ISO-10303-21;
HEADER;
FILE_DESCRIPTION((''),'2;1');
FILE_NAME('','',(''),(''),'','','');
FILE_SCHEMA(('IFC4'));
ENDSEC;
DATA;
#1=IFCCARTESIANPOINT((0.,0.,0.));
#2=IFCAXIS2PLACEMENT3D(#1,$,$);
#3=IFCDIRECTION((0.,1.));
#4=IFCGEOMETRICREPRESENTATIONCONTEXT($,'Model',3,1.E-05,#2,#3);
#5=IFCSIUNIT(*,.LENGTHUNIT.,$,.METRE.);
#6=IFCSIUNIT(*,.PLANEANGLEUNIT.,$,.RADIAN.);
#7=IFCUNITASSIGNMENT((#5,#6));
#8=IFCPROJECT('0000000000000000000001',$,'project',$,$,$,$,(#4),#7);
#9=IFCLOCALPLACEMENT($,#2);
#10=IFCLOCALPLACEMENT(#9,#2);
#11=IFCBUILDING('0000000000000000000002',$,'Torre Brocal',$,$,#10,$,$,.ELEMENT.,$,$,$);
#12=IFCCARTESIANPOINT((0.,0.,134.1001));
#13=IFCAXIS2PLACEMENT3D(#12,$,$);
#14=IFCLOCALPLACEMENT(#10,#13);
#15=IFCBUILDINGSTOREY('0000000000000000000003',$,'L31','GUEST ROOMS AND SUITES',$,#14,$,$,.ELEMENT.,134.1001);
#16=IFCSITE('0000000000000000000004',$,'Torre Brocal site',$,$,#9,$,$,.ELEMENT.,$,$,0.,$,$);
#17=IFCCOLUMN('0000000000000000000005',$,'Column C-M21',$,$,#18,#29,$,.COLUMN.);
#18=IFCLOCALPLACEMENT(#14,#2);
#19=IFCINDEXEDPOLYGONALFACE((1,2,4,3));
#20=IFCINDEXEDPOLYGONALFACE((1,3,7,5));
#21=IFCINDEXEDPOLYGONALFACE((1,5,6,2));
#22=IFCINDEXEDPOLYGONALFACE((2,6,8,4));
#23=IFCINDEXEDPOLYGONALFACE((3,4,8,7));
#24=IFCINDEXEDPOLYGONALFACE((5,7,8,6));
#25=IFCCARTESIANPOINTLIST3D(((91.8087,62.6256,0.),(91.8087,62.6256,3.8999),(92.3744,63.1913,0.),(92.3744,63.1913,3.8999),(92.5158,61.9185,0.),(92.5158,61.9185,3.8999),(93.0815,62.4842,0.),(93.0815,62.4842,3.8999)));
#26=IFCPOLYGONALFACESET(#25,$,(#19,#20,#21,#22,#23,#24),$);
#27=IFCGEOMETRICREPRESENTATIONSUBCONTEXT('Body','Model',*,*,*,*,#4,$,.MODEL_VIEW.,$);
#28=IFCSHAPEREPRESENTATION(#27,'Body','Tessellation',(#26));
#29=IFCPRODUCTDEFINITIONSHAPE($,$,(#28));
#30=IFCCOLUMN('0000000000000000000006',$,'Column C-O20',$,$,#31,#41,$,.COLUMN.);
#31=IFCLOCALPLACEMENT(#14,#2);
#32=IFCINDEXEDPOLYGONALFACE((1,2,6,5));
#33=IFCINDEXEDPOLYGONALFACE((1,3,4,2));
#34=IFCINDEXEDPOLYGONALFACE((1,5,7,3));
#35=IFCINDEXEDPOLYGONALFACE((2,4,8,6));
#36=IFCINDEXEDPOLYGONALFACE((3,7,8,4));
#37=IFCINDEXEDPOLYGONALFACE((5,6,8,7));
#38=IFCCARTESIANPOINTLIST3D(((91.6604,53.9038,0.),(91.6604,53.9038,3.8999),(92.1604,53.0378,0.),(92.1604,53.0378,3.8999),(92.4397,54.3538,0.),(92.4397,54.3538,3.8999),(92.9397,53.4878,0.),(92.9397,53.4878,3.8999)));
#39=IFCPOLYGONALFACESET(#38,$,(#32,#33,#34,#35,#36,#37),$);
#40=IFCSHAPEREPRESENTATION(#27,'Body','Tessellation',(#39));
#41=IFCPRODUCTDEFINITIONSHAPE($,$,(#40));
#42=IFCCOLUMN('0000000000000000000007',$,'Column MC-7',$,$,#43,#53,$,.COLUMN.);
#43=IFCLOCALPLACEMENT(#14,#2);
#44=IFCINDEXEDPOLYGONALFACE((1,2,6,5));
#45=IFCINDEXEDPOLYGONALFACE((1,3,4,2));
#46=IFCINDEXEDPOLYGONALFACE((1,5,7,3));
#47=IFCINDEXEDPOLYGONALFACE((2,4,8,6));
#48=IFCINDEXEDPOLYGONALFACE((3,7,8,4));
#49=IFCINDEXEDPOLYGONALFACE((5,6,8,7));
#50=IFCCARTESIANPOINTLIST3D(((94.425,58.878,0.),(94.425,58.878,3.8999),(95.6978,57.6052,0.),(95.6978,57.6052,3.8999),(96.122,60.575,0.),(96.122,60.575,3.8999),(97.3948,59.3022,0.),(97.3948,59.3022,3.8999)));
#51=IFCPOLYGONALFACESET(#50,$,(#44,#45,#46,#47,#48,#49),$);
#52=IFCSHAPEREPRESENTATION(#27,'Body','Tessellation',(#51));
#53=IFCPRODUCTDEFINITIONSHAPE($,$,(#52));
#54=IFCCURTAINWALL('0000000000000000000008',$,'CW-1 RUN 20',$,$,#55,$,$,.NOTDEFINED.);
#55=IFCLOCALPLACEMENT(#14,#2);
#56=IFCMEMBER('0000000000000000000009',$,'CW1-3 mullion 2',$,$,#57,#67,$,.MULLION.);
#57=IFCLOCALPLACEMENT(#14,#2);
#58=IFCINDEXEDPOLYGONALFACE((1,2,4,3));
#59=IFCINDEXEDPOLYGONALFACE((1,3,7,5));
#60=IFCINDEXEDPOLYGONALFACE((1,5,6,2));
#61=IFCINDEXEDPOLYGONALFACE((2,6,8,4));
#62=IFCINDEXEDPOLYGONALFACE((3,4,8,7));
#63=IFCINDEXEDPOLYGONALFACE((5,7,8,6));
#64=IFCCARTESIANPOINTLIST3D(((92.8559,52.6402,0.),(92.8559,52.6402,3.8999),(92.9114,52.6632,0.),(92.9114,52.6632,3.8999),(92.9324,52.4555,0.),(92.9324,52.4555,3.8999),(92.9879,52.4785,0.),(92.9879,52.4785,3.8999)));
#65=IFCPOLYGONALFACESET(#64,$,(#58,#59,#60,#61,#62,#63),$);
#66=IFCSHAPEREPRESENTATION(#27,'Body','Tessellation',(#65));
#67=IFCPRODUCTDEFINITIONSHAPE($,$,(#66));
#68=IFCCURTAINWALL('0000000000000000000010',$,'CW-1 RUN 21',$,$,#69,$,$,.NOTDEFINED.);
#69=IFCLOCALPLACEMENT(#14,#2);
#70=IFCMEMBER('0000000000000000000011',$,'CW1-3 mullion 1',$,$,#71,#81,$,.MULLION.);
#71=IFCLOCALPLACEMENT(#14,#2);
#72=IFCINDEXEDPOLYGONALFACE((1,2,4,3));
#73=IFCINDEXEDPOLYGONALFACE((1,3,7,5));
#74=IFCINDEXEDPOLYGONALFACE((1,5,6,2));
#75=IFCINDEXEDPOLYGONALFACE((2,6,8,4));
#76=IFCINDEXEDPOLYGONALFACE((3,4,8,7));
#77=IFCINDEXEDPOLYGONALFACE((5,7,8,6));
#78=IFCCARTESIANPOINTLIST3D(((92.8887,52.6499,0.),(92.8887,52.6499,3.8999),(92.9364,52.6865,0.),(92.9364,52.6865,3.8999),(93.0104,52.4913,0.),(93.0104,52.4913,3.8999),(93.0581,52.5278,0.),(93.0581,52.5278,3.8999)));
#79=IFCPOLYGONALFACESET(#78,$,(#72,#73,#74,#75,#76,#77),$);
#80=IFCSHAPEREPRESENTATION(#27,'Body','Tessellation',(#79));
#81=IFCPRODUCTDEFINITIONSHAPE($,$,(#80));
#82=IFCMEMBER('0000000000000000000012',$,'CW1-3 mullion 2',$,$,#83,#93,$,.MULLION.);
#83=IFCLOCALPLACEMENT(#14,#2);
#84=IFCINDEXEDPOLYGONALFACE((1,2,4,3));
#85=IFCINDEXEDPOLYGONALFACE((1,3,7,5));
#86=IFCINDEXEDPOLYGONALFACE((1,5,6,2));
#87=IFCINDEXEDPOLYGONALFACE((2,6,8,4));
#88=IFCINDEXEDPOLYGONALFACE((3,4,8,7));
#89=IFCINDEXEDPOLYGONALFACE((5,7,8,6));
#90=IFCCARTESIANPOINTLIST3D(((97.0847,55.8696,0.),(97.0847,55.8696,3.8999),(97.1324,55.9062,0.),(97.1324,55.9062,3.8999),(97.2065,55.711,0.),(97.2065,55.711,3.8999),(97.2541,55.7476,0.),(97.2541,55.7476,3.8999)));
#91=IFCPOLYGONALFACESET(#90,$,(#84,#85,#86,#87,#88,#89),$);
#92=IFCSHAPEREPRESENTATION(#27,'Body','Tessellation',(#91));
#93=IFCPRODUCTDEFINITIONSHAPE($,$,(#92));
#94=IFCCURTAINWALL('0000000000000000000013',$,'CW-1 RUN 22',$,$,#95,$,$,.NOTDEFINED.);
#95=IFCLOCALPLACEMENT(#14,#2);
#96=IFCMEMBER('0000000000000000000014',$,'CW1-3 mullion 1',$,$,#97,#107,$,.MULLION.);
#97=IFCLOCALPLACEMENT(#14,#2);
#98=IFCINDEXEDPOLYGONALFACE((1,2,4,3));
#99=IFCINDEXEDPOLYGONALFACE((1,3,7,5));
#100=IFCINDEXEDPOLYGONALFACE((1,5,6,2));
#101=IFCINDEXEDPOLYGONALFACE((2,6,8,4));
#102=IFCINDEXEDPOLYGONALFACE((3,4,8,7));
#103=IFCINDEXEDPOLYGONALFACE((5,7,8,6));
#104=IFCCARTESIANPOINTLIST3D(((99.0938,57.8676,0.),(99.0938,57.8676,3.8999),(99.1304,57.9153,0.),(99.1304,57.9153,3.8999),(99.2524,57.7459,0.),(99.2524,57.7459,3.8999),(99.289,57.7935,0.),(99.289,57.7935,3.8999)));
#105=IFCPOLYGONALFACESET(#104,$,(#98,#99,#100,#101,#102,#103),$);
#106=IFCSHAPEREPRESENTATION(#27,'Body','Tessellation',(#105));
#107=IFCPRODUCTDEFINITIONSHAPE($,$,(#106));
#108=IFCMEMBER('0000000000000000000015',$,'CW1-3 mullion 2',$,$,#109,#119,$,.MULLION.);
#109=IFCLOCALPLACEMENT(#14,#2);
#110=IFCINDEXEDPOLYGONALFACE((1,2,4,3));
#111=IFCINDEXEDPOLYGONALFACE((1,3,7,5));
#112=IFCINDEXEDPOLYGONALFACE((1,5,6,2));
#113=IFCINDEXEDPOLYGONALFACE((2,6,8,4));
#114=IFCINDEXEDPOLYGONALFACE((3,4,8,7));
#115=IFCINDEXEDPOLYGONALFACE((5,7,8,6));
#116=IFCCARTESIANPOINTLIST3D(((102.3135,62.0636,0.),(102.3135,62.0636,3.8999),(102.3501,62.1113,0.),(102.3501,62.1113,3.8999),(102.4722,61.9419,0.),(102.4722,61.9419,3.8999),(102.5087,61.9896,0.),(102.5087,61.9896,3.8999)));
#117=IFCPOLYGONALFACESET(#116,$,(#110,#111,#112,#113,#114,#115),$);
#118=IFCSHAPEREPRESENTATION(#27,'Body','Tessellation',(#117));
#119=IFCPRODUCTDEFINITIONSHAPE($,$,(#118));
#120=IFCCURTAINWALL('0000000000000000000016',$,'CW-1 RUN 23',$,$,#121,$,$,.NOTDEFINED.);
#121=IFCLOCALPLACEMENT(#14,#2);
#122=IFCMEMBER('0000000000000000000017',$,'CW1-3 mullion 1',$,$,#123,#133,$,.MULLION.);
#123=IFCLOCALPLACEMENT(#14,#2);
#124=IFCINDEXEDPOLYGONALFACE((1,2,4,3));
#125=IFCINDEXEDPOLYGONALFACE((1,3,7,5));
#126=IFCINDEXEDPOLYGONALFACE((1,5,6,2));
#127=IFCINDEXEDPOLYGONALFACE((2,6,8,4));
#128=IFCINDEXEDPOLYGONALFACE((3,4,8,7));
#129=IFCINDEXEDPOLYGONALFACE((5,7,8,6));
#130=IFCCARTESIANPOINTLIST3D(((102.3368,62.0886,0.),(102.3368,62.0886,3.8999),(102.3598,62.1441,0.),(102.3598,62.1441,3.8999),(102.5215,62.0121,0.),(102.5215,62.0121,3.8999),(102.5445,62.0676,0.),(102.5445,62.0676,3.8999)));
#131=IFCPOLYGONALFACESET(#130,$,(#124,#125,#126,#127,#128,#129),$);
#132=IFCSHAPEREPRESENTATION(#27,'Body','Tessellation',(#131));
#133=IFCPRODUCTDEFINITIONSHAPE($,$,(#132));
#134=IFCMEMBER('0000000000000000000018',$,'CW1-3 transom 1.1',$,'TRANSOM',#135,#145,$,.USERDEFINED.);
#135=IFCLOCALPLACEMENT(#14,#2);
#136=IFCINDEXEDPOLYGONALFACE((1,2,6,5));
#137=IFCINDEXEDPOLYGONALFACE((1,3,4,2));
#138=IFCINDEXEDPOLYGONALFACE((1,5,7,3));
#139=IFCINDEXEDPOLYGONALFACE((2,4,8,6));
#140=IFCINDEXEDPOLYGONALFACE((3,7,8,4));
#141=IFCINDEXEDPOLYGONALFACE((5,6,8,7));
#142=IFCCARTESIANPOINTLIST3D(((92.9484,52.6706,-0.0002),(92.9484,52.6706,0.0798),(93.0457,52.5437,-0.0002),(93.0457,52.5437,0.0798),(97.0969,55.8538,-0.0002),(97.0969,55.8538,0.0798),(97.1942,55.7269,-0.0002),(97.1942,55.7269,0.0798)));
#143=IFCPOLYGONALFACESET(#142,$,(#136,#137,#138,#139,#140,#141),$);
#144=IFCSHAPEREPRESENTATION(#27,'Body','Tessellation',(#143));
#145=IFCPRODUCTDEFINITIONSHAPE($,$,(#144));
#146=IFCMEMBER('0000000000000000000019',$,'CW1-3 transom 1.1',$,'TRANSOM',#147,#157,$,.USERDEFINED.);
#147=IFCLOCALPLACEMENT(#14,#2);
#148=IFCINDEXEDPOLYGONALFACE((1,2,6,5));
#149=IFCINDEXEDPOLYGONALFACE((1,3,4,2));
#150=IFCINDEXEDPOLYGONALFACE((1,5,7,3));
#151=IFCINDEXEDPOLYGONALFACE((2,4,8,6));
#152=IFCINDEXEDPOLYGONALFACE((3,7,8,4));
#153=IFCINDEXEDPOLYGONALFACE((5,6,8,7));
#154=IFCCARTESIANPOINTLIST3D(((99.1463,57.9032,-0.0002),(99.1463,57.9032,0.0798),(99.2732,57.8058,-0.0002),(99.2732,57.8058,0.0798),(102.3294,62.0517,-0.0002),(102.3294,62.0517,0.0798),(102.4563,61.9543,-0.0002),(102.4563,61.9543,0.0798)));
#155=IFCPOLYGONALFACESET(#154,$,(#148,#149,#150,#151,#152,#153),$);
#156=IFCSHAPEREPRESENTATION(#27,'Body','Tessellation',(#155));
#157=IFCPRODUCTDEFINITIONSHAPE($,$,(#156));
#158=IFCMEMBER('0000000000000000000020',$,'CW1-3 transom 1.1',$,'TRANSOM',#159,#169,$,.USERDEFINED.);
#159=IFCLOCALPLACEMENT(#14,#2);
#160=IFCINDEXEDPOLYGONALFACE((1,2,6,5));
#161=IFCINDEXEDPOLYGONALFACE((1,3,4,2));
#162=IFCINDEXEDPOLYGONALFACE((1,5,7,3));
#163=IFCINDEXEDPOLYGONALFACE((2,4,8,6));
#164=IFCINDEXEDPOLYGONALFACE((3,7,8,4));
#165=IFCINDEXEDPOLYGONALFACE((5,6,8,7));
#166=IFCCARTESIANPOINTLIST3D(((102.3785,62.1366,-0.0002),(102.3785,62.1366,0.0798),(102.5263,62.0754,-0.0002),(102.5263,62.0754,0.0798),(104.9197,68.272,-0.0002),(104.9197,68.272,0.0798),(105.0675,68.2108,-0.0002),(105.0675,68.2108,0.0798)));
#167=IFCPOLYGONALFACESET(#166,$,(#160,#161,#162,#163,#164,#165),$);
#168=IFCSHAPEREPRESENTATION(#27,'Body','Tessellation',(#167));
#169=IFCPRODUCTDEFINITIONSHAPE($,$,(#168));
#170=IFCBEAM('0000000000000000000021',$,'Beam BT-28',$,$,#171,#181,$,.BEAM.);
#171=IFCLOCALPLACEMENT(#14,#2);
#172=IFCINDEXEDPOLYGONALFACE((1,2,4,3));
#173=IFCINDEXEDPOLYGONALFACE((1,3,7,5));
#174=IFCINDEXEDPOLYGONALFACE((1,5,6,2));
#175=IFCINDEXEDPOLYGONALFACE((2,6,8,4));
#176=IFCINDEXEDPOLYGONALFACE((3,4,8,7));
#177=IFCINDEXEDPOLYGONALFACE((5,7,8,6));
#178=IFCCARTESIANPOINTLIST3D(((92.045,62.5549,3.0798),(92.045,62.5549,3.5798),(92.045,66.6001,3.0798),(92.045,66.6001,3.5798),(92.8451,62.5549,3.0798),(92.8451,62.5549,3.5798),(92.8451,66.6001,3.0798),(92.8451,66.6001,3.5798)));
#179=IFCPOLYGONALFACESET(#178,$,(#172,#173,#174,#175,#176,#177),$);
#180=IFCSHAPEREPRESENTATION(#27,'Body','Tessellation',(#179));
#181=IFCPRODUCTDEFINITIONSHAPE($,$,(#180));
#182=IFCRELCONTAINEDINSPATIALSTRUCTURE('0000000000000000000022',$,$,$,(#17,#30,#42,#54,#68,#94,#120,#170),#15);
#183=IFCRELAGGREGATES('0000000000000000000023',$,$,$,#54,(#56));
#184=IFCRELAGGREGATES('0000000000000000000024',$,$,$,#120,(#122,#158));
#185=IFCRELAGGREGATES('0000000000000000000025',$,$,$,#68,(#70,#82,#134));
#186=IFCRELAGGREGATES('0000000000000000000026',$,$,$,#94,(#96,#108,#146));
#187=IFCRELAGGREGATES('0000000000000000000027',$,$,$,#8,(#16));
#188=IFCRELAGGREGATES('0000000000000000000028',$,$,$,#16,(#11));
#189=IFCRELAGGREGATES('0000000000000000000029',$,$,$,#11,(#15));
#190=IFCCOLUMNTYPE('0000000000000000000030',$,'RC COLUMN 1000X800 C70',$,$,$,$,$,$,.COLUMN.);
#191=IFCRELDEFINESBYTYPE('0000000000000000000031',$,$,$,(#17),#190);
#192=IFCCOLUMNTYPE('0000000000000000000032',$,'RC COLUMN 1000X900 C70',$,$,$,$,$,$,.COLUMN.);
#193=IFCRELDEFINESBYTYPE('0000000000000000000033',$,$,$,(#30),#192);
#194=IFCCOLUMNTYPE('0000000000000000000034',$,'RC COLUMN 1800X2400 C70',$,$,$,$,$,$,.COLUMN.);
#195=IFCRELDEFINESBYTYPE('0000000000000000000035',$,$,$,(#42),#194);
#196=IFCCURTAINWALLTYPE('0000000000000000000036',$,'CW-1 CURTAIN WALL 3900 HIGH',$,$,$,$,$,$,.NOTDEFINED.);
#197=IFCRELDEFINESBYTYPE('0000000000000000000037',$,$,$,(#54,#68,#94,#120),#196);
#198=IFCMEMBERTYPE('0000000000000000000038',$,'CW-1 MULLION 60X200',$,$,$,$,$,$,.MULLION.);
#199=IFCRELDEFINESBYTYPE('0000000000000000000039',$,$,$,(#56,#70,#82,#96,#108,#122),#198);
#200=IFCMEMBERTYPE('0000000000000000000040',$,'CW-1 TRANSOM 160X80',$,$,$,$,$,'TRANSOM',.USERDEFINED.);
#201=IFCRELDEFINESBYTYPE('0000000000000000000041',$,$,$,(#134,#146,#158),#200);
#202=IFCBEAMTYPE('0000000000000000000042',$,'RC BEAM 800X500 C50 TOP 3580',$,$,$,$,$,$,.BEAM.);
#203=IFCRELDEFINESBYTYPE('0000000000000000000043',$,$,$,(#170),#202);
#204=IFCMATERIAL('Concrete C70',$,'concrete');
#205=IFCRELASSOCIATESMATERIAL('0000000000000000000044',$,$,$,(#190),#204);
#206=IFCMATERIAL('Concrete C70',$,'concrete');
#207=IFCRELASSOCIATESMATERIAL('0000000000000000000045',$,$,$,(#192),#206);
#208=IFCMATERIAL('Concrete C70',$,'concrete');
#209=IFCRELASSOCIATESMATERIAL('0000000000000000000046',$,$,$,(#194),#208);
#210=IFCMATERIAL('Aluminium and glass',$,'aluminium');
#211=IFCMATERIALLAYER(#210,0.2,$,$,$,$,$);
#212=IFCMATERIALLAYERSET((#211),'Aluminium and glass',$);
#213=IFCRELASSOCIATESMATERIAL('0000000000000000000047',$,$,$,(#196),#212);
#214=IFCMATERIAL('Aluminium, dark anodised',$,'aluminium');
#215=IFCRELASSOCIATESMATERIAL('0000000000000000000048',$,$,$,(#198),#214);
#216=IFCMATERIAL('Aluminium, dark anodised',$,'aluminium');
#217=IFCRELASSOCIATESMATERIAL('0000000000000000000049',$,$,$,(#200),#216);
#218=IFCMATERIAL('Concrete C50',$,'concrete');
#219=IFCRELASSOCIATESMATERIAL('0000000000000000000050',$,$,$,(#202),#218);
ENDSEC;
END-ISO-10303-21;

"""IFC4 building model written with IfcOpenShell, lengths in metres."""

from ifc_helpers import new_model, si_unit, direction, frame, origin, origin_2d, place, context, subcontext, project, spatial, rectangle, extrude, material, layer, layer_set, material_profile, profile_set, type_object, element, aggregate, save


model = new_model("IFC4")

# Units and contexts
model_context = context("Model", 3, precision=1e-05, world=origin(), true_north=direction((0.0, 1.0)))
body_context = subcontext(model_context, "Body", "Model", "MODEL_VIEW")
ifc_project = project(units=[si_unit("LENGTHUNIT", "METRE"), si_unit("PLANEANGLEUNIT", "RADIAN")], contexts=[model_context])

# Site, building, storey
site_placement = place(None, origin())
site = spatial("IfcSite", under=ifc_project, at=site_placement, Name="Torre Brocal site", CompositionType="ELEMENT", RefElevation=0.0)
building_placement = place(site_placement, origin())
building = spatial("IfcBuilding", under=site, at=building_placement, Name="Torre Brocal", CompositionType="ELEMENT")
storey_placement = place(building_placement, frame((0.0, 0.0, 134.1001)))
storey = spatial("IfcBuildingStorey", under=building, at=storey_placement, Name="L31", Description="GUEST ROOMS AND SUITES", CompositionType="ELEMENT", Elevation=134.1001)

# Columns
ifc_material_1 = material(Name="Concrete C70", Category="concrete")
ifc_material_profile_1 = material_profile(ifc_material_1, rectangle(XDim=1.0, YDim=0.8, at=origin_2d()), Name="RC 1000X800")
ifc_profile_set_1 = profile_set([ifc_material_profile_1], Name="Concrete C70")
column_type_1 = type_object("IfcColumnType", Name="RC COLUMN 1000X800 C70", PredefinedType="COLUMN", material=ifc_profile_set_1)
column_1_placement = place(storey_placement, frame((92.4451, 62.5549, 0.0), z_axis=(0.0, 0.0, 1.0), x_axis=(0.707107, -0.707107, 0.0)))
element("IfcColumn", 1, at=column_1_placement, inside=storey, type_object=column_type_1, Name="Column C-M21", PredefinedType="COLUMN", context=body_context, shape_type="SweptSolid", body=[
    extrude(rectangle(XDim=1.0, YDim=0.8, at=origin_2d()), origin(), (0.0, 0.0, 1.0), 3.8999),
])
ifc_material_2 = material(Name="Concrete C70", Category="concrete")
ifc_material_profile_2 = material_profile(ifc_material_2, rectangle(XDim=1.0, YDim=0.8999, at=origin_2d()), Name="RC 1000X900")
ifc_profile_set_2 = profile_set([ifc_material_profile_2], Name="Concrete C70")
column_type_2 = type_object("IfcColumnType", Name="RC COLUMN 1000X900 C70", PredefinedType="COLUMN", material=ifc_profile_set_2)
column_2_placement = place(storey_placement, frame((92.3, 53.6958, 0.0), z_axis=(0.0, 0.0, 1.0), x_axis=(0.5, -0.866025, 0.0)))
element("IfcColumn", 2, at=column_2_placement, inside=storey, type_object=column_type_2, Name="Column C-O20", PredefinedType="COLUMN", context=body_context, shape_type="SweptSolid", body=[
    extrude(rectangle(XDim=1.0, YDim=0.8999, at=origin_2d()), origin(), (0.0, 0.0, 1.0), 3.8999),
])
ifc_material_3 = material(Name="Concrete C70", Category="concrete")
ifc_material_profile_3 = material_profile(ifc_material_3, rectangle(XDim=1.8, YDim=2.3999, at=origin_2d()), Name="RC 1800X2400")
ifc_profile_set_3 = profile_set([ifc_material_profile_3], Name="Concrete C70")
column_type_3 = type_object("IfcColumnType", Name="RC COLUMN 1800X2400 C70", PredefinedType="COLUMN", material=ifc_profile_set_3)
column_3_placement = place(storey_placement, frame((95.9099, 59.0901, 0.0), z_axis=(0.0, 0.0, 1.0), x_axis=(0.707107, -0.707107, 0.0)))
element("IfcColumn", 3, at=column_3_placement, inside=storey, type_object=column_type_3, Name="Column MC-7", PredefinedType="COLUMN", context=body_context, shape_type="SweptSolid", body=[
    extrude(rectangle(XDim=1.8, YDim=2.3999, at=origin_2d()), origin(), (0.0, 0.0, 1.0), 3.8999),
])

# Curtain wall, member
ifc_material_4 = material(Name="Aluminium and glass", Category="aluminium")
ifc_layer_1 = layer(ifc_material_4, 0.2)
ifc_layer_set_1 = layer_set([ifc_layer_1], Name="Aluminium and glass")
curtain_wall_type = type_object("IfcCurtainWallType", Name="CW-1 CURTAIN WALL 3900 HIGH", PredefinedType="NOTDEFINED", material=ifc_layer_set_1)
curtain_wall_1_placement = place(storey_placement, origin())
curtain_wall_1 = element("IfcCurtainWall", 4, at=curtain_wall_1_placement, inside=storey, type_object=curtain_wall_type, Name="CW-1 RUN 20", PredefinedType="NOTDEFINED")
ifc_material_5 = material(Name="Aluminium, dark anodised", Category="aluminium")
ifc_material_profile_4 = material_profile(ifc_material_5, rectangle(XDim=0.2, YDim=0.0601, at=origin_2d()), Name="CW-1 MULLION 60X200")
ifc_profile_set_4 = profile_set([ifc_material_profile_4], Name="Aluminium, dark anodised")
member_type_1 = type_object("IfcMemberType", Name="CW-1 MULLION 60X200", PredefinedType="MULLION", material=ifc_profile_set_4)
member_1_placement = place(storey_placement, frame((92.9219, 52.5593, 0.0), z_axis=(0.0, 0.0, 1.0), x_axis=(-0.382683, 0.92388, 0.0)))
member_1 = element("IfcMember", 5, at=member_1_placement, type_object=member_type_1, Name="CW1-3 mullion 2", PredefinedType="MULLION", context=body_context, shape_type="SweptSolid", body=[
    extrude(rectangle(XDim=0.2, YDim=0.0601, at=origin_2d()), origin(), (0.0, 0.0, 1.0), 3.8999),
])
aggregate(curtain_wall_1, [member_1])

# Curtain walls, members
curtain_wall_2_placement = place(storey_placement, origin())
curtain_wall_2 = element("IfcCurtainWall", 6, at=curtain_wall_2_placement, inside=storey, type_object=curtain_wall_type, Name="CW-1 RUN 21", PredefinedType="NOTDEFINED")
member_2_placement = place(storey_placement, frame((92.9734, 52.5889, 0.0), z_axis=(0.0, 0.0, 1.0), x_axis=(-0.608761, 0.793353, 0.0)))
member_2 = element("IfcMember", 7, at=member_2_placement, type_object=member_type_1, Name="CW1-3 mullion 1", PredefinedType="MULLION", context=body_context, shape_type="SweptSolid", body=[
    extrude(rectangle(XDim=0.2, YDim=0.0601, at=origin_2d()), origin(), (0.0, 0.0, 1.0), 3.8999),
])
member_3_placement = place(storey_placement, frame((97.1694, 55.8086, 0.0), z_axis=(0.0, 0.0, 1.0), x_axis=(-0.608761, 0.793353, 0.0)))
member_3 = element("IfcMember", 8, at=member_3_placement, type_object=member_type_1, Name="CW1-3 mullion 2", PredefinedType="MULLION", context=body_context, shape_type="SweptSolid", body=[
    extrude(rectangle(XDim=0.2, YDim=0.0601, at=origin_2d()), origin(), (0.0, 0.0, 1.0), 3.8999),
])
curtain_wall_3_placement = place(storey_placement, origin())
curtain_wall_3 = element("IfcCurtainWall", 9, at=curtain_wall_3_placement, inside=storey, type_object=curtain_wall_type, Name="CW-1 RUN 22", PredefinedType="NOTDEFINED")
member_4_placement = place(storey_placement, frame((99.1914, 57.8306, 0.0), z_axis=(0.0, 0.0, 1.0), x_axis=(-0.793353, 0.608761, 0.0)))
member_4 = element("IfcMember", 10, at=member_4_placement, type_object=member_type_1, Name="CW1-3 mullion 1", PredefinedType="MULLION", context=body_context, shape_type="SweptSolid", body=[
    extrude(rectangle(XDim=0.2, YDim=0.0601, at=origin_2d()), origin(), (0.0, 0.0, 1.0), 3.8999),
])
member_5_placement = place(storey_placement, frame((102.4111, 62.0266, 0.0), z_axis=(0.0, 0.0, 1.0), x_axis=(-0.793353, 0.608761, 0.0)))
member_5 = element("IfcMember", 11, at=member_5_placement, type_object=member_type_1, Name="CW1-3 mullion 2", PredefinedType="MULLION", context=body_context, shape_type="SweptSolid", body=[
    extrude(rectangle(XDim=0.2, YDim=0.0601, at=origin_2d()), origin(), (0.0, 0.0, 1.0), 3.8999),
])

# Curtain wall, member
curtain_wall_4_placement = place(storey_placement, origin())
curtain_wall_4 = element("IfcCurtainWall", 12, at=curtain_wall_4_placement, inside=storey, type_object=curtain_wall_type, Name="CW-1 RUN 23", PredefinedType="NOTDEFINED")
member_6_placement = place(storey_placement, frame((102.4407, 62.0781, 0.0), z_axis=(0.0, 0.0, 1.0), x_axis=(-0.92388, 0.382683, 0.0)))
member_6 = element("IfcMember", 13, at=member_6_placement, type_object=member_type_1, Name="CW1-3 mullion 1", PredefinedType="MULLION", context=body_context, shape_type="SweptSolid", body=[
    extrude(rectangle(XDim=0.2, YDim=0.0601, at=origin_2d()), origin(), (0.0, 0.0, 1.0), 3.8999),
])

# Members
ifc_material_6 = material(Name="Aluminium, dark anodised", Category="aluminium")
ifc_material_profile_5 = material_profile(ifc_material_6, rectangle(XDim=0.1599, YDim=0.0801, at=origin_2d()), Name="CW-1 TRANSOM 160X80")
ifc_profile_set_5 = profile_set([ifc_material_profile_5], Name="Aluminium, dark anodised")
member_type_2 = type_object("IfcMemberType", Name="CW-1 TRANSOM 160X80", ElementType="TRANSOM", PredefinedType="USERDEFINED", material=ifc_profile_set_5)
member_7_placement = place(storey_placement, frame((92.9971, 52.6072, 0.0398), z_axis=(0.793363, 0.608749, 0.0), x_axis=(-0.608749, 0.793363, 0.0)))
member_7 = element("IfcMember", 14, at=member_7_placement, type_object=member_type_2, Name="CW1-3 transom 1.1", ObjectType="TRANSOM", PredefinedType="USERDEFINED", context=body_context, shape_type="SweptSolid", body=[
    extrude(rectangle(XDim=0.1599, YDim=0.0801, at=origin_2d()), origin(), (0.0, 0.0, 1.0), 5.229),
])
member_8_placement = place(storey_placement, frame((99.2097, 57.8545, 0.0398), z_axis=(0.608749, 0.793363, 0.0), x_axis=(-0.793363, 0.608749, 0.0)))
member_8 = element("IfcMember", 15, at=member_8_placement, type_object=member_type_2, Name="CW1-3 transom 1.1", ObjectType="TRANSOM", PredefinedType="USERDEFINED", context=body_context, shape_type="SweptSolid", body=[
    extrude(rectangle(XDim=0.1599, YDim=0.0801, at=origin_2d()), origin(), (0.0, 0.0, 1.0), 5.229),
])
member_9_placement = place(storey_placement, frame((102.4524, 62.106, 0.0398), z_axis=(0.382665, 0.923887, 0.0), x_axis=(-0.923887, 0.382665, 0.0)))
member_9 = element("IfcMember", 16, at=member_9_placement, type_object=member_type_2, Name="CW1-3 transom 1.1", ObjectType="TRANSOM", PredefinedType="USERDEFINED", context=body_context, shape_type="SweptSolid", body=[
    extrude(rectangle(XDim=0.1599, YDim=0.0801, at=origin_2d()), origin(), (0.0, 0.0, 1.0), 6.6409),
])
aggregate(curtain_wall_4, [member_6, member_9])

# Beam
ifc_material_7 = material(Name="Concrete C50", Category="concrete")
ifc_material_profile_6 = material_profile(ifc_material_7, rectangle(XDim=0.8, YDim=0.5, at=origin_2d()), Name="RC 800X500")
ifc_profile_set_6 = profile_set([ifc_material_profile_6], Name="Concrete C50")
beam_type_1 = type_object("IfcBeamType", Name="RC BEAM 800X500 C50 TOP 3580", PredefinedType="BEAM", material=ifc_profile_set_6)
beam_placement = place(storey_placement, frame((92.4451, 62.5549, 3.3298), z_axis=(0.0, 1.0, 0.0), x_axis=(-1.0, 0.0, 0.0)))
element("IfcBeam", 17, at=beam_placement, inside=storey, type_object=beam_type_1, Name="Beam BT-28", PredefinedType="BEAM", context=body_context, shape_type="SweptSolid", body=[
    extrude(rectangle(XDim=0.8, YDim=0.5, at=origin_2d()), origin(), (0.0, 0.0, 1.0), 4.0452),
])

aggregate(curtain_wall_2, [member_2, member_3, member_7])
aggregate(curtain_wall_3, [member_4, member_5, member_8])

save(model, "model.ifc")
